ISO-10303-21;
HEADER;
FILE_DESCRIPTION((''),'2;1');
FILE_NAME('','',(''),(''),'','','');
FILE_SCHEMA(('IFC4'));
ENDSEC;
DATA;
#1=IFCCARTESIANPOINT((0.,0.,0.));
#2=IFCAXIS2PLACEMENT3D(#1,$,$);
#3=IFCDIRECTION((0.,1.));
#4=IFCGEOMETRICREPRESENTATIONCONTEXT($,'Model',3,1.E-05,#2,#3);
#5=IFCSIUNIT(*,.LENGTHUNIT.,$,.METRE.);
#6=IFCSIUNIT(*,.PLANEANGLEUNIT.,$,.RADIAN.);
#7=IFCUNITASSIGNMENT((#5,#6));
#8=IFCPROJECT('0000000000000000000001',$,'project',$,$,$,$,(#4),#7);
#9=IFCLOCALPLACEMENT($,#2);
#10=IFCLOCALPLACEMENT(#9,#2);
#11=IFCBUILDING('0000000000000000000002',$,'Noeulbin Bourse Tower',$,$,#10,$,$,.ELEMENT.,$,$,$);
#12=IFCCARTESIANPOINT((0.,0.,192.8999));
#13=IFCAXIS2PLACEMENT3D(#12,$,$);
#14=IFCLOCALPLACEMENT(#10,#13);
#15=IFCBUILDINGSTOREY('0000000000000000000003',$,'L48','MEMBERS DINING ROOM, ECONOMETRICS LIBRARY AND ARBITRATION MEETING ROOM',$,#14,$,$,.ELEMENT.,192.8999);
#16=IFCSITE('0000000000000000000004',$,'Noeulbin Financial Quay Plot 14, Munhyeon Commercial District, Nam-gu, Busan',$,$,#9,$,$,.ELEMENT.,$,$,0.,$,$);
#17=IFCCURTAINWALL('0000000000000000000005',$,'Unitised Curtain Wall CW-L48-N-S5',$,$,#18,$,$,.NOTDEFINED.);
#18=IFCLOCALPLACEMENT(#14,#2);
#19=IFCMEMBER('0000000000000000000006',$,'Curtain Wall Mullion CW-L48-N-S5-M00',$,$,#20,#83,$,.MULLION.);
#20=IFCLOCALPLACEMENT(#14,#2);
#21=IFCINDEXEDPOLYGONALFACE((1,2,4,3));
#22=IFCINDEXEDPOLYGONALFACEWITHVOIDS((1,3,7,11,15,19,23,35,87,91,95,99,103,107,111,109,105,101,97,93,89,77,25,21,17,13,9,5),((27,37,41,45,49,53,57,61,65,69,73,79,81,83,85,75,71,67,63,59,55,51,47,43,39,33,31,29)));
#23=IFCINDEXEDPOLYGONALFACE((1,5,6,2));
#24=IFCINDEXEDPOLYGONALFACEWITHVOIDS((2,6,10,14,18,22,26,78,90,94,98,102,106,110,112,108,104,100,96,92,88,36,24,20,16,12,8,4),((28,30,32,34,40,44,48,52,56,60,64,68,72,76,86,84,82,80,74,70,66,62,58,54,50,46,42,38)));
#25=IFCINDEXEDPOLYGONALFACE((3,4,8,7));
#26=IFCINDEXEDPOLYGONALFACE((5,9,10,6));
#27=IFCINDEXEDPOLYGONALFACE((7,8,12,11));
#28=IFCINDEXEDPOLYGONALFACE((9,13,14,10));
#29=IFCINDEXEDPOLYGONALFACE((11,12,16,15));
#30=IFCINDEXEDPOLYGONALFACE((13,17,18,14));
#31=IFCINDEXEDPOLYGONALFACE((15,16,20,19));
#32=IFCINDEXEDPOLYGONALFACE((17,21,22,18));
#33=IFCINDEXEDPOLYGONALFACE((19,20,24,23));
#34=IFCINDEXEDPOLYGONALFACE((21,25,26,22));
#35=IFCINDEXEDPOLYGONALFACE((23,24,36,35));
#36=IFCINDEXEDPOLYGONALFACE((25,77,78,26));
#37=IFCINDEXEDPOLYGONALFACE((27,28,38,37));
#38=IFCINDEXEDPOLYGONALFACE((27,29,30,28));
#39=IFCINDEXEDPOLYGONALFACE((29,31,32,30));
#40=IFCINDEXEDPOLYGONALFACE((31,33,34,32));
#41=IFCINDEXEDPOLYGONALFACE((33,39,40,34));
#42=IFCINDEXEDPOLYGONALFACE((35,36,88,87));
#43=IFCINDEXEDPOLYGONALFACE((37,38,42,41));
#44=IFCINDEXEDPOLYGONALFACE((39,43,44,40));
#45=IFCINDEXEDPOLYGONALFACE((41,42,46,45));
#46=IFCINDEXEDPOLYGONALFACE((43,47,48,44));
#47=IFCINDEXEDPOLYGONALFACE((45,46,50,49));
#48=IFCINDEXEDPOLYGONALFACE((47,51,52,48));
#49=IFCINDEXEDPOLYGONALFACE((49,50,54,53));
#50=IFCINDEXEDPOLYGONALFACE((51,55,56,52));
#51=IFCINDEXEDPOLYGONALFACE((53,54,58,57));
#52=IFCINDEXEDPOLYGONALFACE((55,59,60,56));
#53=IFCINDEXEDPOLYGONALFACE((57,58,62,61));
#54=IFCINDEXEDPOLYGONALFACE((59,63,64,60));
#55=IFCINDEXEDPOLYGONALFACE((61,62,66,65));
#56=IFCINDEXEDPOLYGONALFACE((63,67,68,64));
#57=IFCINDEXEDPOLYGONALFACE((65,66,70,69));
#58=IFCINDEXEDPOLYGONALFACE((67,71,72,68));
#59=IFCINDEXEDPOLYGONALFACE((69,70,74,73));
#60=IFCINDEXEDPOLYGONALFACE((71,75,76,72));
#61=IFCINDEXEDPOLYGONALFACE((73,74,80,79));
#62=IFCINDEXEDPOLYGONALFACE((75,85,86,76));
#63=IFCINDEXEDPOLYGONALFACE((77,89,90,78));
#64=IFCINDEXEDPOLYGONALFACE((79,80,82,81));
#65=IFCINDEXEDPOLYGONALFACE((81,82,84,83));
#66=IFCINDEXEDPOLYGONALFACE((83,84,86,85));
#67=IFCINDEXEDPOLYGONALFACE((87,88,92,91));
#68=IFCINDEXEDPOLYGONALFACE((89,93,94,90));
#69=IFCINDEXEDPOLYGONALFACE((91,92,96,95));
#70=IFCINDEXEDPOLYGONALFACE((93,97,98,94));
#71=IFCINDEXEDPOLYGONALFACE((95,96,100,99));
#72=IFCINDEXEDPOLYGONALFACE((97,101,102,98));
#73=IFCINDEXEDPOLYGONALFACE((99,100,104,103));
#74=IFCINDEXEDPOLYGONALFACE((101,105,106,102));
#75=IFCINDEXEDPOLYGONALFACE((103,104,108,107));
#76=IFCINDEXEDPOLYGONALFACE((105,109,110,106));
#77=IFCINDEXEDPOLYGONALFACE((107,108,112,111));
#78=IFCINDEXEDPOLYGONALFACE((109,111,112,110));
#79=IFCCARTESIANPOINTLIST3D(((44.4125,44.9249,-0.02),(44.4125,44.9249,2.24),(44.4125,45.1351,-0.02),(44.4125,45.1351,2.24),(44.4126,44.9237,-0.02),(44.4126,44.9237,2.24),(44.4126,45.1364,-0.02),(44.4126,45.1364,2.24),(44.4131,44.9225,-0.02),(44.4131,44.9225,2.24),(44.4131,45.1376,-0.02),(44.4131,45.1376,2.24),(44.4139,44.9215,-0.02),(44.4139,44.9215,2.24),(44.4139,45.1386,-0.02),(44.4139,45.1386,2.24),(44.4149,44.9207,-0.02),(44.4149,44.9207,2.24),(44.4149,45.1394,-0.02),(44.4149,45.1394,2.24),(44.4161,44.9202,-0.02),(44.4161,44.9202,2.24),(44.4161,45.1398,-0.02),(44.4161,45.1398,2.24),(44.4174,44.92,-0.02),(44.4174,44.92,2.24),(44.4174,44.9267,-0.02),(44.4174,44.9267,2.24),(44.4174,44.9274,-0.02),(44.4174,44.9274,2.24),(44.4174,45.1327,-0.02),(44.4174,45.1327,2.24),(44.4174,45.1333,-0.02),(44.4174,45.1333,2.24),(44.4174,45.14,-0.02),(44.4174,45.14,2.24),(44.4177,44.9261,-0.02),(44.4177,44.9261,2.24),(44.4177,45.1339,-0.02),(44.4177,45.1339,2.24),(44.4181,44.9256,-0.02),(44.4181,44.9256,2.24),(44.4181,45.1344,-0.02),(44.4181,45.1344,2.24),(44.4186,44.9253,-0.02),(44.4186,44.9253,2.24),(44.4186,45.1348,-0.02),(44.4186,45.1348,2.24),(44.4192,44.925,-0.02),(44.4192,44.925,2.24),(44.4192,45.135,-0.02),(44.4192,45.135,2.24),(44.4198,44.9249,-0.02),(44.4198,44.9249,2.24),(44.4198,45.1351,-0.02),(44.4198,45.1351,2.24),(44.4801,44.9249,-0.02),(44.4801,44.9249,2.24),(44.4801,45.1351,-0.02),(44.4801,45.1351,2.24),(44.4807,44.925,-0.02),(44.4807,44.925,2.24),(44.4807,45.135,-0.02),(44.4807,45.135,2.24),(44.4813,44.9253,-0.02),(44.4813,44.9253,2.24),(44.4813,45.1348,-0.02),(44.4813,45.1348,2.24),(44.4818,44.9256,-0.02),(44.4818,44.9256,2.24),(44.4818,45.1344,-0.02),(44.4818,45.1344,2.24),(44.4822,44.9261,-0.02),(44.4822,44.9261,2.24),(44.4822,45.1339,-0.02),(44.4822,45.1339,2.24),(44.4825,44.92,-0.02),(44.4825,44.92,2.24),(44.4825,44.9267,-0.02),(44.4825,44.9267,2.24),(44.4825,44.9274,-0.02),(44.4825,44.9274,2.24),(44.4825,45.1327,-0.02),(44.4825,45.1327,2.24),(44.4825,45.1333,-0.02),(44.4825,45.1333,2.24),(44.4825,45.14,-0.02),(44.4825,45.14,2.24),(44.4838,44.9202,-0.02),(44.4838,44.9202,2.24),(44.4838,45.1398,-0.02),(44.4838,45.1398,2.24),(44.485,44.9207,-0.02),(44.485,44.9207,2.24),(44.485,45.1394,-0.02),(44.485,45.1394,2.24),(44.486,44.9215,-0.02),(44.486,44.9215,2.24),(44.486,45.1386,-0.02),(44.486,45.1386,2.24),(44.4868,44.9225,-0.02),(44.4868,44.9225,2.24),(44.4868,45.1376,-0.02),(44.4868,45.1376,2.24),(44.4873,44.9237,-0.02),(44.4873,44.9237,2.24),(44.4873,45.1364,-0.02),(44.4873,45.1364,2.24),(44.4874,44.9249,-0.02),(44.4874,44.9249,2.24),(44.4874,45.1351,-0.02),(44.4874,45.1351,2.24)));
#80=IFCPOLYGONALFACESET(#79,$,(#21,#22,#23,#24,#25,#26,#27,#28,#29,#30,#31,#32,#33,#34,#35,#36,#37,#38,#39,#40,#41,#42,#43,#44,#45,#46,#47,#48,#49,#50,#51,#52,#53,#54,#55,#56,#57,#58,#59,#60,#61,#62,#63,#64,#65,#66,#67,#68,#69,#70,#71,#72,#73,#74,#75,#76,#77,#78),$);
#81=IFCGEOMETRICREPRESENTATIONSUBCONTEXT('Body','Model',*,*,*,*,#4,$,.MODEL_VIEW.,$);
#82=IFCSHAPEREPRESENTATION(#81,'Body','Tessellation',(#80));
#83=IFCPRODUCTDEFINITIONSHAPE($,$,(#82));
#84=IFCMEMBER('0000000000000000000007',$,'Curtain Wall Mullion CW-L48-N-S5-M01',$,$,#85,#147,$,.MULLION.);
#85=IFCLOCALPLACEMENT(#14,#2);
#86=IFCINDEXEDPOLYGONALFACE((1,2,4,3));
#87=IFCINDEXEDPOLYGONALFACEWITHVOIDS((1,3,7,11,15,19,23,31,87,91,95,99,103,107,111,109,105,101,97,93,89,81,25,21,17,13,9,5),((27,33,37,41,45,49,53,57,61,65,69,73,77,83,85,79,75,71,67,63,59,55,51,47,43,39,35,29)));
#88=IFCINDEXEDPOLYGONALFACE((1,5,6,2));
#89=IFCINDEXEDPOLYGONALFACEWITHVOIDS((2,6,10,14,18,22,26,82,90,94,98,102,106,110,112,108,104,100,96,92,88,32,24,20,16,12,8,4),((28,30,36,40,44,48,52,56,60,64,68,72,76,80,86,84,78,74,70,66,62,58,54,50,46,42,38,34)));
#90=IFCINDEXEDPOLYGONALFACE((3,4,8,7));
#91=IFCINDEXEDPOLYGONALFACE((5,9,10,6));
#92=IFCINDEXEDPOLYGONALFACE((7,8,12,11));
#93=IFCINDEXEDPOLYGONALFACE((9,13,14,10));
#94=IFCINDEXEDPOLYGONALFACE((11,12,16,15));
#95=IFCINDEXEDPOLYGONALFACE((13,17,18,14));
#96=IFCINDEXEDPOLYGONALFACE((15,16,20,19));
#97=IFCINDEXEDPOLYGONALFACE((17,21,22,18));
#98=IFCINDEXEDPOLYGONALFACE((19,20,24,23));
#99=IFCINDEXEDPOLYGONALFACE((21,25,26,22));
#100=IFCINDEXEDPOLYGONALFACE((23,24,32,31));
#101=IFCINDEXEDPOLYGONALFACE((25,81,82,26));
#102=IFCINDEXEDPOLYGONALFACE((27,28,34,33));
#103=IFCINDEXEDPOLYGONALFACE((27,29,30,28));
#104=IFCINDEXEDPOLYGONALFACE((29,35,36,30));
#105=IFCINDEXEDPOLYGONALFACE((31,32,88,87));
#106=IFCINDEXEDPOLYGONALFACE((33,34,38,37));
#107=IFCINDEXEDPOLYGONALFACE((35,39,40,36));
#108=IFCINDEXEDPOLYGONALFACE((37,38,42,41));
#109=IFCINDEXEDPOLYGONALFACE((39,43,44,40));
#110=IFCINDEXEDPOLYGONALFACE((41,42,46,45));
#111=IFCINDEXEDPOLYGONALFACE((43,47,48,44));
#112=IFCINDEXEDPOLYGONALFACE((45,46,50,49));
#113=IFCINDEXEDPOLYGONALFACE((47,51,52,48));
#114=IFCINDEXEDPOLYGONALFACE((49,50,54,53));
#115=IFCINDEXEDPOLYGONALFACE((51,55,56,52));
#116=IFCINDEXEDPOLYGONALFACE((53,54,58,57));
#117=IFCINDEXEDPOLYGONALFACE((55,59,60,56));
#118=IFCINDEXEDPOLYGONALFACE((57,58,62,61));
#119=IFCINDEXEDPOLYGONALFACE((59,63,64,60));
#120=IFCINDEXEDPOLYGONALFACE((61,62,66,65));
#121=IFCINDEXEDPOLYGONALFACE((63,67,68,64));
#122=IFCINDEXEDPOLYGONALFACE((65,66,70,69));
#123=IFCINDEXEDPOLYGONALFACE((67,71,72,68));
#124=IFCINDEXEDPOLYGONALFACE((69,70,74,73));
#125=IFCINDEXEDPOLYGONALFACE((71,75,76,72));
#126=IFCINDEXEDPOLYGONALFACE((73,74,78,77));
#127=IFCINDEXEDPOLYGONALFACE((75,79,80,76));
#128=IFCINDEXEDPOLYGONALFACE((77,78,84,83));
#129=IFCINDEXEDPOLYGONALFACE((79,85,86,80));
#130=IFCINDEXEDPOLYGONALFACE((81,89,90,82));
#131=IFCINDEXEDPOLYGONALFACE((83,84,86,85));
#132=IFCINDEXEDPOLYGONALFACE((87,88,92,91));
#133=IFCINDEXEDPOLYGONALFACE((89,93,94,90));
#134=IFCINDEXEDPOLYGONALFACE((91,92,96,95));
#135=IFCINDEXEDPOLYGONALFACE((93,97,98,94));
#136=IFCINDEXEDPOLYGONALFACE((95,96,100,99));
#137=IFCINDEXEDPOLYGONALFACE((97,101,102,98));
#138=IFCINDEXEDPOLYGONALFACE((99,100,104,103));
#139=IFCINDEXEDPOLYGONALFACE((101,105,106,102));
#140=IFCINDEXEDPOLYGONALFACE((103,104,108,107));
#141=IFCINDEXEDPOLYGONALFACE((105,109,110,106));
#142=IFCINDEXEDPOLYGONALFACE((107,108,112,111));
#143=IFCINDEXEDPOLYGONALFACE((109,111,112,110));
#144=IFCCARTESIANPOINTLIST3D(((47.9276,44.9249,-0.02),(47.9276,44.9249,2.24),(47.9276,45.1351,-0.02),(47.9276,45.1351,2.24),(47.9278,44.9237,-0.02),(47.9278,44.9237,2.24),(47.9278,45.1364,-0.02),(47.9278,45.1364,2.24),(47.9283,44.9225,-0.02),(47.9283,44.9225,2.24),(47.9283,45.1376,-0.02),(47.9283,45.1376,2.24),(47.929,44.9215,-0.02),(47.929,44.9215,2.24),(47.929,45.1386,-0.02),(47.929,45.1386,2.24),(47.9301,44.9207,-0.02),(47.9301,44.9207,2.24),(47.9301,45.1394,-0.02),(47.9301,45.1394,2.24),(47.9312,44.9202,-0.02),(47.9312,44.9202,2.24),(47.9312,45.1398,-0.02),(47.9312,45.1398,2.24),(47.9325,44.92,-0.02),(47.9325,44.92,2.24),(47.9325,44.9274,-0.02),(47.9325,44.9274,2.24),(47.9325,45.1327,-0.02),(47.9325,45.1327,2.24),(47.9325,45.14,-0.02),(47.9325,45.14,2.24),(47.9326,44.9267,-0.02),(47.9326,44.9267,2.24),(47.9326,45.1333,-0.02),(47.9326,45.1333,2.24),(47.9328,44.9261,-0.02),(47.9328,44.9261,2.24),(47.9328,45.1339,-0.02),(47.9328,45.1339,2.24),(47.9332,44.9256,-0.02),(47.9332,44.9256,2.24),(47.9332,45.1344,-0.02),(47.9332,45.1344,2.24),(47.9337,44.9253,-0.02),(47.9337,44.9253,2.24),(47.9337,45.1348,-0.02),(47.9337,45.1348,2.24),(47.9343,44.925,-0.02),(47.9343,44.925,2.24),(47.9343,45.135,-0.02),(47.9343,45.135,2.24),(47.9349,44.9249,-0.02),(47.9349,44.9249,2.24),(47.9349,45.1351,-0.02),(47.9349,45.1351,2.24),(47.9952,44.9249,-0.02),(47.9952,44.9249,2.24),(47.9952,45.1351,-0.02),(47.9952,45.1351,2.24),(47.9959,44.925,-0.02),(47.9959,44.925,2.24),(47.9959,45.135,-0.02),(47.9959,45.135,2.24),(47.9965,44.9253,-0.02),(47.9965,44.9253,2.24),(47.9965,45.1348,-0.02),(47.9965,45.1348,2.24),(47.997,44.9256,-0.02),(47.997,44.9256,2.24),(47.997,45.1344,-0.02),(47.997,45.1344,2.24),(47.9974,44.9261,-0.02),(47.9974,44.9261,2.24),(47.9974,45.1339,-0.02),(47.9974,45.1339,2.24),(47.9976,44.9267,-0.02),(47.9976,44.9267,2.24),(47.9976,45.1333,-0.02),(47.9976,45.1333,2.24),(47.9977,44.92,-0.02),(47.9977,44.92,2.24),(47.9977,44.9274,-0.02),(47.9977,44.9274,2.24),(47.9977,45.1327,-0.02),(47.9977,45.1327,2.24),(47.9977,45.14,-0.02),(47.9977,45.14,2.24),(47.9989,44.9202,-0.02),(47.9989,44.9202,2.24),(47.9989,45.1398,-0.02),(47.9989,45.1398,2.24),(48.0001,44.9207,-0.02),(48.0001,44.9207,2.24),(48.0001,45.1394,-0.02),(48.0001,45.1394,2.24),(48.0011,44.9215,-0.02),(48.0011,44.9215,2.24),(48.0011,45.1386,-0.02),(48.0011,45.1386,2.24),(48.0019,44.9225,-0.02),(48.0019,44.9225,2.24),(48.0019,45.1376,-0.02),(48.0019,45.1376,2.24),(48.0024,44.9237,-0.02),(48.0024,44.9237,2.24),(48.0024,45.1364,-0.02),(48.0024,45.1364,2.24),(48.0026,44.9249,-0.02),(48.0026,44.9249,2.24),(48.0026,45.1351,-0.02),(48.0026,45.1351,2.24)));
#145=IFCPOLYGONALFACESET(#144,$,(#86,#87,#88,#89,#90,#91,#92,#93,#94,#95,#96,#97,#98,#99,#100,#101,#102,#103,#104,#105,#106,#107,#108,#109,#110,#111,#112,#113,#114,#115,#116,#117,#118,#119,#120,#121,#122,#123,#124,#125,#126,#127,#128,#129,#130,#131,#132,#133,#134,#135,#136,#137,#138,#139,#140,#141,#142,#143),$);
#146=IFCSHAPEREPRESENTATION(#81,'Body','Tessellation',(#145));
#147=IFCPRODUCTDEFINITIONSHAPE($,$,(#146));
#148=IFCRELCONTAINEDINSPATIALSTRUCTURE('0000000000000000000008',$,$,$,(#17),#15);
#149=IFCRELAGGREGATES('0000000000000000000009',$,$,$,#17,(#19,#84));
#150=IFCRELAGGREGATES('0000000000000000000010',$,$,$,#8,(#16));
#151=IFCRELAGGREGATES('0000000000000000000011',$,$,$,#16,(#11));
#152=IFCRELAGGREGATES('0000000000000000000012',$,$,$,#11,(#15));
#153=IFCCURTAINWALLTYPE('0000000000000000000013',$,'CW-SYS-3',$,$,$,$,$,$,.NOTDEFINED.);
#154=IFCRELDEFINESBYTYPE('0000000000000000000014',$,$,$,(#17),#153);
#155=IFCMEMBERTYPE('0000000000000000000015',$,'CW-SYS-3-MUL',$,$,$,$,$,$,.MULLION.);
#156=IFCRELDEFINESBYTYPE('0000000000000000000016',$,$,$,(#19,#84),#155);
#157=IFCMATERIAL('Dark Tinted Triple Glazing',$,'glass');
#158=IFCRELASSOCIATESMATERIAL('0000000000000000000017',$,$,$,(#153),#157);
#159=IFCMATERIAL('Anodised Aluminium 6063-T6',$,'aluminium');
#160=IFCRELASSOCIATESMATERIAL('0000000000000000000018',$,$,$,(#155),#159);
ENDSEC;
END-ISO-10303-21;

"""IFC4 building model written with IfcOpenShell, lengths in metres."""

from ifc_helpers import new_model, si_unit, direction, frame, origin, origin_2d, place, context, subcontext, project, spatial, hollow_rectangle, extrude, material, material_profile, profile_set, type_object, element, aggregate, save


model = new_model("IFC4")

# Units and contexts
model_context = context("Model", 3, precision=1e-05, world=origin(), true_north=direction((0.0, 1.0)))
body_context = subcontext(model_context, "Body", "Model", "MODEL_VIEW")
ifc_project = project(units=[si_unit("LENGTHUNIT", "METRE"), si_unit("PLANEANGLEUNIT", "RADIAN")], contexts=[model_context])

# Site, building, storey
site_placement = place(None, origin())
site = spatial("IfcSite", under=ifc_project, at=site_placement, Name="Noeulbin Financial Quay Plot 14, Munhyeon Commercial District, Nam-gu, Busan", CompositionType="ELEMENT", RefElevation=0.0)
building_placement = place(site_placement, origin())
building = spatial("IfcBuilding", under=site, at=building_placement, Name="Noeulbin Bourse Tower", CompositionType="ELEMENT")
storey_placement = place(building_placement, frame((0.0, 0.0, 192.8999)))
storey = spatial("IfcBuildingStorey", under=building, at=storey_placement, Name="L48", Description="MEMBERS DINING ROOM, ECONOMETRICS LIBRARY AND ARBITRATION MEETING ROOM", CompositionType="ELEMENT", Elevation=192.8999)

# Shared definitions
ifc_material_1 = material(Name="Dark Tinted Triple Glazing", Category="glass")
curtain_wall_type = type_object("IfcCurtainWallType", Name="CW-SYS-3", PredefinedType="NOTDEFINED", material=ifc_material_1)
ifc_material_2 = material(Name="Anodised Aluminium 6063-T6", Category="aluminium")
ifc_material_profile_1 = material_profile(ifc_material_2, hollow_rectangle(XDim=0.075, YDim=0.22, WallThickness=0.0049, InnerFilletRadius=0.0024, OuterFilletRadius=0.0049, at=origin_2d()), Name="ALU-MULL-75x220x5", Category="LoadBearing")
ifc_profile_set_1 = profile_set([ifc_material_profile_1], Name="Anodised Aluminium 6063-T6")
member_type_1 = type_object("IfcMemberType", Name="CW-SYS-3-MUL", PredefinedType="MULLION", material=ifc_profile_set_1)

# Curtain wall, members
curtain_wall_1_placement = place(storey_placement, origin())
curtain_wall_1 = element("IfcCurtainWall", 1, at=curtain_wall_1_placement, inside=storey, type_object=curtain_wall_type, Name="Unitised Curtain Wall CW-L48-N-S5", PredefinedType="NOTDEFINED")
member_1_placement = place(storey_placement, frame((44.45, 45.03, -0.02), z_axis=(0.0, 0.0, 1.0), x_axis=(1.0, 0.0, 0.0)))
member_1 = element("IfcMember", 2, at=member_1_placement, type_object=member_type_1, Name="Curtain Wall Mullion CW-L48-N-S5-M00", PredefinedType="MULLION", context=body_context, shape_type="SweptSolid", body=[
    extrude(hollow_rectangle(XDim=0.075, YDim=0.22, WallThickness=0.0049, InnerFilletRadius=0.0024, OuterFilletRadius=0.0049, at=origin_2d()), origin(), (0.0, 0.0, 1.0), 2.26),
])
member_2_placement = place(storey_placement, frame((47.9651, 45.03, -0.02), z_axis=(0.0, 0.0, 1.0), x_axis=(1.0, 0.0, 0.0)))
member_2 = element("IfcMember", 3, at=member_2_placement, type_object=member_type_1, Name="Curtain Wall Mullion CW-L48-N-S5-M01", PredefinedType="MULLION", context=body_context, shape_type="SweptSolid", body=[
    extrude(hollow_rectangle(XDim=0.075, YDim=0.22, WallThickness=0.0049, InnerFilletRadius=0.0024, OuterFilletRadius=0.0049, at=origin_2d()), origin(), (0.0, 0.0, 1.0), 2.26),
])

aggregate(curtain_wall_1, [member_1, member_2])

save(model, "model.ifc")
